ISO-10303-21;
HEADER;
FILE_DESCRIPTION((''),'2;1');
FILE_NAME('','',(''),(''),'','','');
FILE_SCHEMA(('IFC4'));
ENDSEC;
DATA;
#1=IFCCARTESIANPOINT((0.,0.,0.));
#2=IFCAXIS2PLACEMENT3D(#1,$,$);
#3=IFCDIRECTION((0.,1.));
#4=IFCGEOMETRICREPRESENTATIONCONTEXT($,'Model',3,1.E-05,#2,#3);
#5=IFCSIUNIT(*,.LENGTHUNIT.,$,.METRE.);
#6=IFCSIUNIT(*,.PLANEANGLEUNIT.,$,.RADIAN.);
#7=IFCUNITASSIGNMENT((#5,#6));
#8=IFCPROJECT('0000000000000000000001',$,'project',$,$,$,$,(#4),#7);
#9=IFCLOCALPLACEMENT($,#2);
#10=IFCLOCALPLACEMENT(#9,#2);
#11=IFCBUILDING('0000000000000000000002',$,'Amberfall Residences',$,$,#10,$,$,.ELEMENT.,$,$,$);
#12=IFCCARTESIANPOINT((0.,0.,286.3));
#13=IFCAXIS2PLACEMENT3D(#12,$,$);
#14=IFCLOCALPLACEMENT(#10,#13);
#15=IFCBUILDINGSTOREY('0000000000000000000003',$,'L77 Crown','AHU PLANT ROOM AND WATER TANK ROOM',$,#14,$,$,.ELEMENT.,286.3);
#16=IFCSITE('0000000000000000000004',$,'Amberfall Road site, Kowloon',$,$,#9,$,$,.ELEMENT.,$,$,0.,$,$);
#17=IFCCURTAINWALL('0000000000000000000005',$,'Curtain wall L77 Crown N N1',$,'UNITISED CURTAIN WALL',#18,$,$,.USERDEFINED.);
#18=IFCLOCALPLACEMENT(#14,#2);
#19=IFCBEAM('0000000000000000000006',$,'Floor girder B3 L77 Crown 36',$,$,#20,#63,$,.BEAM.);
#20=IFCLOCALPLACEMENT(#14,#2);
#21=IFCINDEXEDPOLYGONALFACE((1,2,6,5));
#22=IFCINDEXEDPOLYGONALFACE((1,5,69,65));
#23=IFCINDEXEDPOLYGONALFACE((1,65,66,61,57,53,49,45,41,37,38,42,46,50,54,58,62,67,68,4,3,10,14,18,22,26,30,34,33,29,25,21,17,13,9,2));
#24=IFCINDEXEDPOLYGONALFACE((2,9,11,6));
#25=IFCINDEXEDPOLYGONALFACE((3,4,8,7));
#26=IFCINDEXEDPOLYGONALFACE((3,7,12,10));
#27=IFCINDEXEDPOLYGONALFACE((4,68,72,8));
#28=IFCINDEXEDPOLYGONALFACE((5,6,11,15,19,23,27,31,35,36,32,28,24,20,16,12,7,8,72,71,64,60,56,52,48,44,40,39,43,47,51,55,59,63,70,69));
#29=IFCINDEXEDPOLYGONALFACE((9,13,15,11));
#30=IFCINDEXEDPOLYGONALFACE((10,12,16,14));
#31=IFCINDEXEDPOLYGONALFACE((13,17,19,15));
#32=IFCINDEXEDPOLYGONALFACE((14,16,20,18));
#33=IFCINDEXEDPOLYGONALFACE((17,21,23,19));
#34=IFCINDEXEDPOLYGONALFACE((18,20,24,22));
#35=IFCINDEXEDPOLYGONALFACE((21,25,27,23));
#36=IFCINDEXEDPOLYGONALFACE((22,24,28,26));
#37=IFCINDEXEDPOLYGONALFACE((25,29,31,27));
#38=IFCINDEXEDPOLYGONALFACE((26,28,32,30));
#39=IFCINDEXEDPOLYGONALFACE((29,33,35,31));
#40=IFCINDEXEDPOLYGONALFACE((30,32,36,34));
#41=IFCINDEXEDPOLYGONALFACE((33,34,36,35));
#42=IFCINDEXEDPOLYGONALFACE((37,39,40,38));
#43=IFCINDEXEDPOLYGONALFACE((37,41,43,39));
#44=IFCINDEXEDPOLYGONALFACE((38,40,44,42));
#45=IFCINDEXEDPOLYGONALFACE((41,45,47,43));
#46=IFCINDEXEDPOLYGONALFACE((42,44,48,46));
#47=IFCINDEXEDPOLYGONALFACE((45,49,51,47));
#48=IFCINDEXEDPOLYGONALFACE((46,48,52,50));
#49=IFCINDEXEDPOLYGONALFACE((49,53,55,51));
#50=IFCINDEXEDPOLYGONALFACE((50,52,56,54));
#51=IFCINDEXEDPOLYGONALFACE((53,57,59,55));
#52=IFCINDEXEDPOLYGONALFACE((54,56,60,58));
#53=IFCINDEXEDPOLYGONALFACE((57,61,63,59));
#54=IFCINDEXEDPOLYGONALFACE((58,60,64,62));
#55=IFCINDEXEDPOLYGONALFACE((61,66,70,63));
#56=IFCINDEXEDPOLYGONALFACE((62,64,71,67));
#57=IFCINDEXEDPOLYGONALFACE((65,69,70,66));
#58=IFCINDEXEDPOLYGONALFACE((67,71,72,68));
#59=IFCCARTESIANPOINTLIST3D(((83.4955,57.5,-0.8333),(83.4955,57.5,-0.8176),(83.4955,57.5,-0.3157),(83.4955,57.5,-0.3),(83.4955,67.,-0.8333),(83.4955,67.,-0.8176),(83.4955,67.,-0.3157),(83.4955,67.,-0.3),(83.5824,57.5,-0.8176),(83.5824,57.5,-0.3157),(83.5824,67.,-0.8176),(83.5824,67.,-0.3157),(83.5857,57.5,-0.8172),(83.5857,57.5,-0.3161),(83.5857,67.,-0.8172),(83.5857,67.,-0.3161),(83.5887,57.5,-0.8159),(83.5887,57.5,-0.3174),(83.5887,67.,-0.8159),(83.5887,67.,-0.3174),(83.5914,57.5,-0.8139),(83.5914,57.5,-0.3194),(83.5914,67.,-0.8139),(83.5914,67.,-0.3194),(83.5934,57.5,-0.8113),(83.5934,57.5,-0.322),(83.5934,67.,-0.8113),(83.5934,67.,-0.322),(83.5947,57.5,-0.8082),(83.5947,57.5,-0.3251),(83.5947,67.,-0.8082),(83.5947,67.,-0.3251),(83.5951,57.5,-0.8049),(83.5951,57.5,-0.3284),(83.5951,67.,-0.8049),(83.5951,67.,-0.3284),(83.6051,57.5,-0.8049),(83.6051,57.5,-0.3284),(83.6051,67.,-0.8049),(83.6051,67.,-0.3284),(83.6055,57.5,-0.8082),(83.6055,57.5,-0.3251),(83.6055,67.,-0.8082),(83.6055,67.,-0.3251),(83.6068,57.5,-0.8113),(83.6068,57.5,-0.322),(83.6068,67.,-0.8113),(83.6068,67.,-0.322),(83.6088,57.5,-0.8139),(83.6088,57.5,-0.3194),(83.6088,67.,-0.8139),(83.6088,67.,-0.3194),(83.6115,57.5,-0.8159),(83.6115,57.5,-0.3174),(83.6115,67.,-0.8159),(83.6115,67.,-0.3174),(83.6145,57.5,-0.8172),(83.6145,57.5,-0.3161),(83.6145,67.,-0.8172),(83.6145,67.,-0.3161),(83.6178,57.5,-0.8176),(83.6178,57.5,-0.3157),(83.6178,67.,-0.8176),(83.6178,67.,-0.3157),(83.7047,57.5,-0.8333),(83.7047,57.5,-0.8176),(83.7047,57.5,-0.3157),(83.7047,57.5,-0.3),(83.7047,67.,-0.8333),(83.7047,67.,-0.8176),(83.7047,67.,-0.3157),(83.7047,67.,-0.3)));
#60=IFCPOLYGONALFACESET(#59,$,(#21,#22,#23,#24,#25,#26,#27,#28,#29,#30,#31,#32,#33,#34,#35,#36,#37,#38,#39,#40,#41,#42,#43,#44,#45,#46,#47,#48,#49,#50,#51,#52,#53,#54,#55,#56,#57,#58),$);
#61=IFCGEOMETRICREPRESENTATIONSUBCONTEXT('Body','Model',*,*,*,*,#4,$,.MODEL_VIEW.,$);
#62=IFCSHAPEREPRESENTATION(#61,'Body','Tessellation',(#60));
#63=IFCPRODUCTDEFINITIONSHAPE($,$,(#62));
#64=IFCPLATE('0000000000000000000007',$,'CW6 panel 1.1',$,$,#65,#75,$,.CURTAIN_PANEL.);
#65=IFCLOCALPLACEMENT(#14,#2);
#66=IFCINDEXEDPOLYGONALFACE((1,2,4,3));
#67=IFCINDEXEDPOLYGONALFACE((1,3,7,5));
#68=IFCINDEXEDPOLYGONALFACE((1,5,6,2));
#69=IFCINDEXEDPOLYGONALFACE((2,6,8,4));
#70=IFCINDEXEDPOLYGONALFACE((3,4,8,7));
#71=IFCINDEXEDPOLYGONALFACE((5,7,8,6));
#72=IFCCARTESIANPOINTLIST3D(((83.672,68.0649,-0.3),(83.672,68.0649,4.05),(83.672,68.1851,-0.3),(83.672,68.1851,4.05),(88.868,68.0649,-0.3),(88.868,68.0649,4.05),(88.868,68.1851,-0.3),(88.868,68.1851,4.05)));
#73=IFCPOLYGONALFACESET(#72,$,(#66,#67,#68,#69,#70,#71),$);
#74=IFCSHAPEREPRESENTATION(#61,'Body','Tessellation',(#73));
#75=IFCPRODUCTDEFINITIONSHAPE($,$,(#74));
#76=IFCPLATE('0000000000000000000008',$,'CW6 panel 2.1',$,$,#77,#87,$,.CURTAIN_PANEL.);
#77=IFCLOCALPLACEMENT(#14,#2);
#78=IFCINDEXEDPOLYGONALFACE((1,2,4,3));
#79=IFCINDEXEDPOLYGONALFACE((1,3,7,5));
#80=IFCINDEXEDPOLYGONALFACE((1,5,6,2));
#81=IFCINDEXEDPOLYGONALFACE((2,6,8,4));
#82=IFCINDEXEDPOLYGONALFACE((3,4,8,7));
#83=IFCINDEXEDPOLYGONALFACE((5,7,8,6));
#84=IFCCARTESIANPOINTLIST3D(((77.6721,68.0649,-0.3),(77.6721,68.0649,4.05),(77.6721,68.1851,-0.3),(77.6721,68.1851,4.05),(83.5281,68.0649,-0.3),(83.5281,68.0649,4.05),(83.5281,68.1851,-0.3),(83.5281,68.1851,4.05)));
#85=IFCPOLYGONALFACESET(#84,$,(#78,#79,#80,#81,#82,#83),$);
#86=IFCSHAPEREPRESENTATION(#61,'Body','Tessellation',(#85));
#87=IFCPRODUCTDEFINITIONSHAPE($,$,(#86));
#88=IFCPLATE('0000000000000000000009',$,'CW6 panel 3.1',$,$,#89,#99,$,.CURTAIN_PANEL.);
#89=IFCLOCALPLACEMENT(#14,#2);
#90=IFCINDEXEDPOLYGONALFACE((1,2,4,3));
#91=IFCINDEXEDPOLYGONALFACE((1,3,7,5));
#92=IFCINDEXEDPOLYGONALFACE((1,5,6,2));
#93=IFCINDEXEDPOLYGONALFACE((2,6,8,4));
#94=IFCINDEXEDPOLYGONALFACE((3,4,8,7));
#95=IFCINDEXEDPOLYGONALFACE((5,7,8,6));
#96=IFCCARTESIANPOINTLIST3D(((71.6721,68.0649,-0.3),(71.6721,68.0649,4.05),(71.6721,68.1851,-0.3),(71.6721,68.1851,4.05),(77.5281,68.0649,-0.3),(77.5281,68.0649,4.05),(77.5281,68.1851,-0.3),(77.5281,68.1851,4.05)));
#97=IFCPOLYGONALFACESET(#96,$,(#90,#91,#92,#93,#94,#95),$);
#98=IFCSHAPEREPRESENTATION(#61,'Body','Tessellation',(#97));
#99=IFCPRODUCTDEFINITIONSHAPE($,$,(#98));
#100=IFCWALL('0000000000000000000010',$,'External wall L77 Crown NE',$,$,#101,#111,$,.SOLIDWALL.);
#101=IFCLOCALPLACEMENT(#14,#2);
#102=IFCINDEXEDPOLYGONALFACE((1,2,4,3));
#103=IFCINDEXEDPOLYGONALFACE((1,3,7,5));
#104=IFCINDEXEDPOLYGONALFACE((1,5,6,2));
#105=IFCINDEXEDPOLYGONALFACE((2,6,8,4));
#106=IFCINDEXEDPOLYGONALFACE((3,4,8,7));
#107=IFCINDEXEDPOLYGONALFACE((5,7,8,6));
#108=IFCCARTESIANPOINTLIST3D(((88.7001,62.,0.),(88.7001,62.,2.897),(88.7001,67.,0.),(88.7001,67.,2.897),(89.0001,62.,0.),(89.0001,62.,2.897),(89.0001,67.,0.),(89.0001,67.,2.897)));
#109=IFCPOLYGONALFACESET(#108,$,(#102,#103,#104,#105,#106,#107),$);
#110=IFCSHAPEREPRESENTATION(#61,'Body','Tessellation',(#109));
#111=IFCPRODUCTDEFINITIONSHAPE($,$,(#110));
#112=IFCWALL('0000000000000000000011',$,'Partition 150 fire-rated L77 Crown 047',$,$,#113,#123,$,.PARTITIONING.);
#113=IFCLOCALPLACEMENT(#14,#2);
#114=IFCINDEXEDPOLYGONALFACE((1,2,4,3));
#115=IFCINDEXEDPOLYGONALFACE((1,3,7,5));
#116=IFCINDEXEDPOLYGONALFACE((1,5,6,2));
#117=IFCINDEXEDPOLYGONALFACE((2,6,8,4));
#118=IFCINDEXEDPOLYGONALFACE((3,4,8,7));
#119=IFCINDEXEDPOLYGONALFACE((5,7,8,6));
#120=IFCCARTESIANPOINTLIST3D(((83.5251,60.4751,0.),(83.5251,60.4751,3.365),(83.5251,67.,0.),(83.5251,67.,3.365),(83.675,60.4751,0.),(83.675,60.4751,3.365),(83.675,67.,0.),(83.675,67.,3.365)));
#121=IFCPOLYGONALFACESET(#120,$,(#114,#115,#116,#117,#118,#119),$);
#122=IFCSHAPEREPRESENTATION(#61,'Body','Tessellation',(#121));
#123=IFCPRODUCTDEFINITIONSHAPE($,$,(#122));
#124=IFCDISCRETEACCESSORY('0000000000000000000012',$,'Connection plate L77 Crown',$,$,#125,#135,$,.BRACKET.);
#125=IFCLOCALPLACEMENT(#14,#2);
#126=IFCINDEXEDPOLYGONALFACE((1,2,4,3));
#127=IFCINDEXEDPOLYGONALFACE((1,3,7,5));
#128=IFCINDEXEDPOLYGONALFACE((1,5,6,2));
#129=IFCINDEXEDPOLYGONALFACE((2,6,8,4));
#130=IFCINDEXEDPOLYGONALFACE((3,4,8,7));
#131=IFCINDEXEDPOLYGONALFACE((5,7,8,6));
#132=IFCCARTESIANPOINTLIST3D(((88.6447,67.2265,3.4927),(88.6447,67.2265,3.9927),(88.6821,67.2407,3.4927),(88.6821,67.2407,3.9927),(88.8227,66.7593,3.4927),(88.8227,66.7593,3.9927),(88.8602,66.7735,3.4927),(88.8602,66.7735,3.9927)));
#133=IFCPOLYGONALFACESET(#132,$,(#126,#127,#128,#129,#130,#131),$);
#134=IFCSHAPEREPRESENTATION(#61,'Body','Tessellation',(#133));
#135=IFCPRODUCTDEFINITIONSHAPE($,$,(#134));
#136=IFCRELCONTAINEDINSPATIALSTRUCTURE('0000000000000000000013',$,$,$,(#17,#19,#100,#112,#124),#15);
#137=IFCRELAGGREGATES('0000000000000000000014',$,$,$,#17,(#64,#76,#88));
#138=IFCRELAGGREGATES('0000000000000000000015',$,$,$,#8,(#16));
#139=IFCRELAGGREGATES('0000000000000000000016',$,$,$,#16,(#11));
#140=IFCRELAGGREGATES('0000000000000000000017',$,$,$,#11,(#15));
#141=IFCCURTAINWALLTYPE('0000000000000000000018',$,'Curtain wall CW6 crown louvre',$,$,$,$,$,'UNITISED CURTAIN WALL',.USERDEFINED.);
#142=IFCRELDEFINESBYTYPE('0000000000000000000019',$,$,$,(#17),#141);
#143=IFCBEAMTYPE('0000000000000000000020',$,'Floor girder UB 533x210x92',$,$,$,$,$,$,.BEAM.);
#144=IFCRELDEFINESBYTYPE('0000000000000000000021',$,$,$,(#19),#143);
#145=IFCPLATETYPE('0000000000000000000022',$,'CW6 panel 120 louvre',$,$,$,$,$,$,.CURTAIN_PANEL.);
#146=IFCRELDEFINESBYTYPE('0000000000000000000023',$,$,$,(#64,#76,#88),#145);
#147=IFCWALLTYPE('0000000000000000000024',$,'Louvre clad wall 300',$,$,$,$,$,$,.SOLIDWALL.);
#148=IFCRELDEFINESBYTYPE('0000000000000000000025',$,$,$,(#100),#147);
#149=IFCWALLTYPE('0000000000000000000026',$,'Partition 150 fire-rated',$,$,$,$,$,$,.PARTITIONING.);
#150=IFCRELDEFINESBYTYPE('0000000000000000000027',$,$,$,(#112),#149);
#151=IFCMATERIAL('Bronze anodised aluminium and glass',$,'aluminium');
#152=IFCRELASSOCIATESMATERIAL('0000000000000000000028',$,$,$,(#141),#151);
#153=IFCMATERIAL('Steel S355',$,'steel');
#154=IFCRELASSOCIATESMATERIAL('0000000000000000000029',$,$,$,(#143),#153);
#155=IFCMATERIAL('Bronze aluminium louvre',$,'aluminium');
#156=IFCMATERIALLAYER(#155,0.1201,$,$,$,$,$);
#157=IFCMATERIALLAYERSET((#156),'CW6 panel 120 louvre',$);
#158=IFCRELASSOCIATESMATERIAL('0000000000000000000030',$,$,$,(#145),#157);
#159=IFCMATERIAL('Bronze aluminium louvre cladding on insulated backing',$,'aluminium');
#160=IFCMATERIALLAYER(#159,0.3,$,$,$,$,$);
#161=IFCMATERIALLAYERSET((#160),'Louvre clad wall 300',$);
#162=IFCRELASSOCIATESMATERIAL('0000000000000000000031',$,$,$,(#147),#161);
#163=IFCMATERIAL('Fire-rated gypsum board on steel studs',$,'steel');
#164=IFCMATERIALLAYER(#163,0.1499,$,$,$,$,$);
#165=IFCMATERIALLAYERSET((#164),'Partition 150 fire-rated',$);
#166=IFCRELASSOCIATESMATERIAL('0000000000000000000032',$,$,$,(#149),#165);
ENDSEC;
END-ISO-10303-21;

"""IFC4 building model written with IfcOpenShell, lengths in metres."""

from ifc_helpers import new_model, si_unit, direction, frame, frame_2d, origin, origin_2d, place, context, subcontext, project, spatial, rectangle, i_section, extrude, material, layer, layer_set, material_profile, profile_set, type_object, element, aggregate, save


model = new_model("IFC4")

# Units and contexts
model_context = context("Model", 3, precision=1e-05, world=origin(), true_north=direction((0.0, 1.0)))
body_context = subcontext(model_context, "Body", "Model", "MODEL_VIEW")
ifc_project = project(units=[si_unit("LENGTHUNIT", "METRE"), si_unit("PLANEANGLEUNIT", "RADIAN")], contexts=[model_context])

# Site, building, storey
site_placement = place(None, origin())
site = spatial("IfcSite", under=ifc_project, at=site_placement, Name="Amberfall Road site, Kowloon", CompositionType="ELEMENT", RefElevation=0.0)
building_placement = place(site_placement, origin())
building = spatial("IfcBuilding", under=site, at=building_placement, Name="Amberfall Residences", CompositionType="ELEMENT")
storey_placement = place(building_placement, frame((0.0, 0.0, 286.3)))
storey = spatial("IfcBuildingStorey", under=building, at=storey_placement, Name="L77 Crown", Description="AHU PLANT ROOM AND WATER TANK ROOM", CompositionType="ELEMENT", Elevation=286.3)

# Curtain wall
ifc_material_1 = material(Name="Bronze anodised aluminium and glass", Category="aluminium")
curtain_wall_type = type_object("IfcCurtainWallType", Name="Curtain wall CW6 crown louvre", ElementType="UNITISED CURTAIN WALL", PredefinedType="USERDEFINED", material=ifc_material_1)
curtain_wall_placement = place(storey_placement, origin())
curtain_wall = element("IfcCurtainWall", 1, at=curtain_wall_placement, inside=storey, type_object=curtain_wall_type, Name="Curtain wall L77 Crown N N1", ObjectType="UNITISED CURTAIN WALL", PredefinedType="USERDEFINED")

# Beam
ifc_material_2 = material(Name="Steel S355", Category="steel")
ifc_material_profile_1 = material_profile(ifc_material_2, i_section(OverallWidth=0.2092, OverallDepth=0.5332, WebThickness=0.01, FlangeThickness=0.0156, FilletRadius=0.0127, at=origin_2d()), Name="UB 533x210x92")
ifc_profile_set_1 = profile_set([ifc_material_profile_1], Name="Steel S355")
beam_type_1 = type_object("IfcBeamType", Name="Floor girder UB 533x210x92", PredefinedType="BEAM", material=ifc_profile_set_1)
for number, where, z_axis, x_axis, name in (
    (2, (83.6001, 67.0, -0.5667), (0.0, -1.0, 0.0), (1.0, 0.0, 0.0), "Floor girder B3 L77 Crown 36"),
):
    element("IfcBeam", number, at=place(storey_placement, frame(where, z_axis=z_axis, x_axis=x_axis)), inside=storey, type_object=beam_type_1, Name=name, PredefinedType="BEAM", context=body_context, shape_type="SweptSolid", body=[
        extrude(i_section(OverallWidth=0.2092, OverallDepth=0.5332, WebThickness=0.01, FlangeThickness=0.0156, FilletRadius=0.0127, at=origin_2d()), origin(), (0.0, 0.0, 1.0), 9.5),
    ])

# Plates
ifc_material_3 = material(Name="Bronze aluminium louvre", Category="aluminium")
ifc_layer_1 = layer(ifc_material_3, 0.1201)
ifc_layer_set_1 = layer_set([ifc_layer_1], Name="CW6 panel 120 louvre")
plate_type = type_object("IfcPlateType", Name="CW6 panel 120 louvre", PredefinedType="CURTAIN_PANEL", material=ifc_layer_set_1)
plate_1_placement = place(storey_placement, frame((86.27, 68.125, -0.3), z_axis=(0.0, 0.0, 1.0), x_axis=(-1.0, 0.0, 0.0)))
plate_1 = element("IfcPlate", 3, at=plate_1_placement, type_object=plate_type, Name="CW6 panel 1.1", PredefinedType="CURTAIN_PANEL", context=body_context, shape_type="SweptSolid", body=[
    extrude(rectangle(XDim=5.196, YDim=0.1201, at=origin_2d()), origin(), (0.0, 0.0, 1.0), 4.3501),
])
plate_2_placement = place(storey_placement, frame((80.6001, 68.125, -0.3), z_axis=(0.0, 0.0, 1.0), x_axis=(-1.0, 0.0, 0.0)))
plate_2 = element("IfcPlate", 4, at=plate_2_placement, type_object=plate_type, Name="CW6 panel 2.1", PredefinedType="CURTAIN_PANEL", context=body_context, shape_type="SweptSolid", body=[
    extrude(rectangle(XDim=5.856, YDim=0.1201, at=origin_2d()), origin(), (0.0, 0.0, 1.0), 4.3501),
])
plate_3_placement = place(storey_placement, frame((74.6001, 68.125, -0.3), z_axis=(0.0, 0.0, 1.0), x_axis=(-1.0, 0.0, 0.0)))
plate_3 = element("IfcPlate", 5, at=plate_3_placement, type_object=plate_type, Name="CW6 panel 3.1", PredefinedType="CURTAIN_PANEL", context=body_context, shape_type="SweptSolid", body=[
    extrude(rectangle(XDim=5.856, YDim=0.1201, at=origin_2d()), origin(), (0.0, 0.0, 1.0), 4.3501),
])
aggregate(curtain_wall, [plate_1, plate_2, plate_3])

# Walls
ifc_material_4 = material(Name="Bronze aluminium louvre cladding on insulated backing", Category="aluminium")
ifc_layer_2 = layer(ifc_material_4, 0.3)
ifc_layer_set_2 = layer_set([ifc_layer_2], Name="Louvre clad wall 300")
wall_type_1 = type_object("IfcWallType", Name="Louvre clad wall 300", PredefinedType="SOLIDWALL", material=ifc_layer_set_2)
wall_1_placement = place(storey_placement, frame((88.8501, 62.0, 0.0), z_axis=(0.0, 0.0, 1.0), x_axis=(0.0, 1.0, 0.0)))
element("IfcWall", 6, at=wall_1_placement, inside=storey, type_object=wall_type_1, Name="External wall L77 Crown NE", PredefinedType="SOLIDWALL", context=body_context, shape_type="SweptSolid", body=[
    extrude(rectangle(XDim=5.0, YDim=0.3, at=frame_2d((2.5, 0.0))), origin(), (0.0, 0.0, 1.0), 2.897),
])
ifc_material_5 = material(Name="Fire-rated gypsum board on steel studs", Category="steel")
ifc_layer_3 = layer(ifc_material_5, 0.1499)
ifc_layer_set_3 = layer_set([ifc_layer_3], Name="Partition 150 fire-rated")
wall_type_2 = type_object("IfcWallType", Name="Partition 150 fire-rated", PredefinedType="PARTITIONING", material=ifc_layer_set_3)
wall_2_placement = place(storey_placement, frame((83.6001, 60.4751, 0.0), z_axis=(0.0, 0.0, 1.0), x_axis=(0.0, 1.0, 0.0)))
element("IfcWall", 7, at=wall_2_placement, inside=storey, type_object=wall_type_2, Name="Partition 150 fire-rated L77 Crown 047", PredefinedType="PARTITIONING", context=body_context, shape_type="SweptSolid", body=[
    extrude(rectangle(XDim=6.5249, YDim=0.1499, at=frame_2d((3.2625, 0.0))), origin(), (0.0, 0.0, 1.0), 3.365),
])

# Discrete accessory
discrete_accessory_placement = place(storey_placement, frame((88.7524, 67.0, 3.4927), z_axis=(0.0, 0.0, 1.0), x_axis=(-0.356004, 0.934484, 0.0)))
element("IfcDiscreteAccessory", 8, at=discrete_accessory_placement, inside=storey, Name="Connection plate L77 Crown", PredefinedType="BRACKET", context=body_context, shape_type="SweptSolid", body=[
    extrude(rectangle(XDim=0.5, YDim=0.04, at=origin_2d()), origin(), (0.0, 0.0, 1.0), 0.5),
])

save(model, "model.ifc")
